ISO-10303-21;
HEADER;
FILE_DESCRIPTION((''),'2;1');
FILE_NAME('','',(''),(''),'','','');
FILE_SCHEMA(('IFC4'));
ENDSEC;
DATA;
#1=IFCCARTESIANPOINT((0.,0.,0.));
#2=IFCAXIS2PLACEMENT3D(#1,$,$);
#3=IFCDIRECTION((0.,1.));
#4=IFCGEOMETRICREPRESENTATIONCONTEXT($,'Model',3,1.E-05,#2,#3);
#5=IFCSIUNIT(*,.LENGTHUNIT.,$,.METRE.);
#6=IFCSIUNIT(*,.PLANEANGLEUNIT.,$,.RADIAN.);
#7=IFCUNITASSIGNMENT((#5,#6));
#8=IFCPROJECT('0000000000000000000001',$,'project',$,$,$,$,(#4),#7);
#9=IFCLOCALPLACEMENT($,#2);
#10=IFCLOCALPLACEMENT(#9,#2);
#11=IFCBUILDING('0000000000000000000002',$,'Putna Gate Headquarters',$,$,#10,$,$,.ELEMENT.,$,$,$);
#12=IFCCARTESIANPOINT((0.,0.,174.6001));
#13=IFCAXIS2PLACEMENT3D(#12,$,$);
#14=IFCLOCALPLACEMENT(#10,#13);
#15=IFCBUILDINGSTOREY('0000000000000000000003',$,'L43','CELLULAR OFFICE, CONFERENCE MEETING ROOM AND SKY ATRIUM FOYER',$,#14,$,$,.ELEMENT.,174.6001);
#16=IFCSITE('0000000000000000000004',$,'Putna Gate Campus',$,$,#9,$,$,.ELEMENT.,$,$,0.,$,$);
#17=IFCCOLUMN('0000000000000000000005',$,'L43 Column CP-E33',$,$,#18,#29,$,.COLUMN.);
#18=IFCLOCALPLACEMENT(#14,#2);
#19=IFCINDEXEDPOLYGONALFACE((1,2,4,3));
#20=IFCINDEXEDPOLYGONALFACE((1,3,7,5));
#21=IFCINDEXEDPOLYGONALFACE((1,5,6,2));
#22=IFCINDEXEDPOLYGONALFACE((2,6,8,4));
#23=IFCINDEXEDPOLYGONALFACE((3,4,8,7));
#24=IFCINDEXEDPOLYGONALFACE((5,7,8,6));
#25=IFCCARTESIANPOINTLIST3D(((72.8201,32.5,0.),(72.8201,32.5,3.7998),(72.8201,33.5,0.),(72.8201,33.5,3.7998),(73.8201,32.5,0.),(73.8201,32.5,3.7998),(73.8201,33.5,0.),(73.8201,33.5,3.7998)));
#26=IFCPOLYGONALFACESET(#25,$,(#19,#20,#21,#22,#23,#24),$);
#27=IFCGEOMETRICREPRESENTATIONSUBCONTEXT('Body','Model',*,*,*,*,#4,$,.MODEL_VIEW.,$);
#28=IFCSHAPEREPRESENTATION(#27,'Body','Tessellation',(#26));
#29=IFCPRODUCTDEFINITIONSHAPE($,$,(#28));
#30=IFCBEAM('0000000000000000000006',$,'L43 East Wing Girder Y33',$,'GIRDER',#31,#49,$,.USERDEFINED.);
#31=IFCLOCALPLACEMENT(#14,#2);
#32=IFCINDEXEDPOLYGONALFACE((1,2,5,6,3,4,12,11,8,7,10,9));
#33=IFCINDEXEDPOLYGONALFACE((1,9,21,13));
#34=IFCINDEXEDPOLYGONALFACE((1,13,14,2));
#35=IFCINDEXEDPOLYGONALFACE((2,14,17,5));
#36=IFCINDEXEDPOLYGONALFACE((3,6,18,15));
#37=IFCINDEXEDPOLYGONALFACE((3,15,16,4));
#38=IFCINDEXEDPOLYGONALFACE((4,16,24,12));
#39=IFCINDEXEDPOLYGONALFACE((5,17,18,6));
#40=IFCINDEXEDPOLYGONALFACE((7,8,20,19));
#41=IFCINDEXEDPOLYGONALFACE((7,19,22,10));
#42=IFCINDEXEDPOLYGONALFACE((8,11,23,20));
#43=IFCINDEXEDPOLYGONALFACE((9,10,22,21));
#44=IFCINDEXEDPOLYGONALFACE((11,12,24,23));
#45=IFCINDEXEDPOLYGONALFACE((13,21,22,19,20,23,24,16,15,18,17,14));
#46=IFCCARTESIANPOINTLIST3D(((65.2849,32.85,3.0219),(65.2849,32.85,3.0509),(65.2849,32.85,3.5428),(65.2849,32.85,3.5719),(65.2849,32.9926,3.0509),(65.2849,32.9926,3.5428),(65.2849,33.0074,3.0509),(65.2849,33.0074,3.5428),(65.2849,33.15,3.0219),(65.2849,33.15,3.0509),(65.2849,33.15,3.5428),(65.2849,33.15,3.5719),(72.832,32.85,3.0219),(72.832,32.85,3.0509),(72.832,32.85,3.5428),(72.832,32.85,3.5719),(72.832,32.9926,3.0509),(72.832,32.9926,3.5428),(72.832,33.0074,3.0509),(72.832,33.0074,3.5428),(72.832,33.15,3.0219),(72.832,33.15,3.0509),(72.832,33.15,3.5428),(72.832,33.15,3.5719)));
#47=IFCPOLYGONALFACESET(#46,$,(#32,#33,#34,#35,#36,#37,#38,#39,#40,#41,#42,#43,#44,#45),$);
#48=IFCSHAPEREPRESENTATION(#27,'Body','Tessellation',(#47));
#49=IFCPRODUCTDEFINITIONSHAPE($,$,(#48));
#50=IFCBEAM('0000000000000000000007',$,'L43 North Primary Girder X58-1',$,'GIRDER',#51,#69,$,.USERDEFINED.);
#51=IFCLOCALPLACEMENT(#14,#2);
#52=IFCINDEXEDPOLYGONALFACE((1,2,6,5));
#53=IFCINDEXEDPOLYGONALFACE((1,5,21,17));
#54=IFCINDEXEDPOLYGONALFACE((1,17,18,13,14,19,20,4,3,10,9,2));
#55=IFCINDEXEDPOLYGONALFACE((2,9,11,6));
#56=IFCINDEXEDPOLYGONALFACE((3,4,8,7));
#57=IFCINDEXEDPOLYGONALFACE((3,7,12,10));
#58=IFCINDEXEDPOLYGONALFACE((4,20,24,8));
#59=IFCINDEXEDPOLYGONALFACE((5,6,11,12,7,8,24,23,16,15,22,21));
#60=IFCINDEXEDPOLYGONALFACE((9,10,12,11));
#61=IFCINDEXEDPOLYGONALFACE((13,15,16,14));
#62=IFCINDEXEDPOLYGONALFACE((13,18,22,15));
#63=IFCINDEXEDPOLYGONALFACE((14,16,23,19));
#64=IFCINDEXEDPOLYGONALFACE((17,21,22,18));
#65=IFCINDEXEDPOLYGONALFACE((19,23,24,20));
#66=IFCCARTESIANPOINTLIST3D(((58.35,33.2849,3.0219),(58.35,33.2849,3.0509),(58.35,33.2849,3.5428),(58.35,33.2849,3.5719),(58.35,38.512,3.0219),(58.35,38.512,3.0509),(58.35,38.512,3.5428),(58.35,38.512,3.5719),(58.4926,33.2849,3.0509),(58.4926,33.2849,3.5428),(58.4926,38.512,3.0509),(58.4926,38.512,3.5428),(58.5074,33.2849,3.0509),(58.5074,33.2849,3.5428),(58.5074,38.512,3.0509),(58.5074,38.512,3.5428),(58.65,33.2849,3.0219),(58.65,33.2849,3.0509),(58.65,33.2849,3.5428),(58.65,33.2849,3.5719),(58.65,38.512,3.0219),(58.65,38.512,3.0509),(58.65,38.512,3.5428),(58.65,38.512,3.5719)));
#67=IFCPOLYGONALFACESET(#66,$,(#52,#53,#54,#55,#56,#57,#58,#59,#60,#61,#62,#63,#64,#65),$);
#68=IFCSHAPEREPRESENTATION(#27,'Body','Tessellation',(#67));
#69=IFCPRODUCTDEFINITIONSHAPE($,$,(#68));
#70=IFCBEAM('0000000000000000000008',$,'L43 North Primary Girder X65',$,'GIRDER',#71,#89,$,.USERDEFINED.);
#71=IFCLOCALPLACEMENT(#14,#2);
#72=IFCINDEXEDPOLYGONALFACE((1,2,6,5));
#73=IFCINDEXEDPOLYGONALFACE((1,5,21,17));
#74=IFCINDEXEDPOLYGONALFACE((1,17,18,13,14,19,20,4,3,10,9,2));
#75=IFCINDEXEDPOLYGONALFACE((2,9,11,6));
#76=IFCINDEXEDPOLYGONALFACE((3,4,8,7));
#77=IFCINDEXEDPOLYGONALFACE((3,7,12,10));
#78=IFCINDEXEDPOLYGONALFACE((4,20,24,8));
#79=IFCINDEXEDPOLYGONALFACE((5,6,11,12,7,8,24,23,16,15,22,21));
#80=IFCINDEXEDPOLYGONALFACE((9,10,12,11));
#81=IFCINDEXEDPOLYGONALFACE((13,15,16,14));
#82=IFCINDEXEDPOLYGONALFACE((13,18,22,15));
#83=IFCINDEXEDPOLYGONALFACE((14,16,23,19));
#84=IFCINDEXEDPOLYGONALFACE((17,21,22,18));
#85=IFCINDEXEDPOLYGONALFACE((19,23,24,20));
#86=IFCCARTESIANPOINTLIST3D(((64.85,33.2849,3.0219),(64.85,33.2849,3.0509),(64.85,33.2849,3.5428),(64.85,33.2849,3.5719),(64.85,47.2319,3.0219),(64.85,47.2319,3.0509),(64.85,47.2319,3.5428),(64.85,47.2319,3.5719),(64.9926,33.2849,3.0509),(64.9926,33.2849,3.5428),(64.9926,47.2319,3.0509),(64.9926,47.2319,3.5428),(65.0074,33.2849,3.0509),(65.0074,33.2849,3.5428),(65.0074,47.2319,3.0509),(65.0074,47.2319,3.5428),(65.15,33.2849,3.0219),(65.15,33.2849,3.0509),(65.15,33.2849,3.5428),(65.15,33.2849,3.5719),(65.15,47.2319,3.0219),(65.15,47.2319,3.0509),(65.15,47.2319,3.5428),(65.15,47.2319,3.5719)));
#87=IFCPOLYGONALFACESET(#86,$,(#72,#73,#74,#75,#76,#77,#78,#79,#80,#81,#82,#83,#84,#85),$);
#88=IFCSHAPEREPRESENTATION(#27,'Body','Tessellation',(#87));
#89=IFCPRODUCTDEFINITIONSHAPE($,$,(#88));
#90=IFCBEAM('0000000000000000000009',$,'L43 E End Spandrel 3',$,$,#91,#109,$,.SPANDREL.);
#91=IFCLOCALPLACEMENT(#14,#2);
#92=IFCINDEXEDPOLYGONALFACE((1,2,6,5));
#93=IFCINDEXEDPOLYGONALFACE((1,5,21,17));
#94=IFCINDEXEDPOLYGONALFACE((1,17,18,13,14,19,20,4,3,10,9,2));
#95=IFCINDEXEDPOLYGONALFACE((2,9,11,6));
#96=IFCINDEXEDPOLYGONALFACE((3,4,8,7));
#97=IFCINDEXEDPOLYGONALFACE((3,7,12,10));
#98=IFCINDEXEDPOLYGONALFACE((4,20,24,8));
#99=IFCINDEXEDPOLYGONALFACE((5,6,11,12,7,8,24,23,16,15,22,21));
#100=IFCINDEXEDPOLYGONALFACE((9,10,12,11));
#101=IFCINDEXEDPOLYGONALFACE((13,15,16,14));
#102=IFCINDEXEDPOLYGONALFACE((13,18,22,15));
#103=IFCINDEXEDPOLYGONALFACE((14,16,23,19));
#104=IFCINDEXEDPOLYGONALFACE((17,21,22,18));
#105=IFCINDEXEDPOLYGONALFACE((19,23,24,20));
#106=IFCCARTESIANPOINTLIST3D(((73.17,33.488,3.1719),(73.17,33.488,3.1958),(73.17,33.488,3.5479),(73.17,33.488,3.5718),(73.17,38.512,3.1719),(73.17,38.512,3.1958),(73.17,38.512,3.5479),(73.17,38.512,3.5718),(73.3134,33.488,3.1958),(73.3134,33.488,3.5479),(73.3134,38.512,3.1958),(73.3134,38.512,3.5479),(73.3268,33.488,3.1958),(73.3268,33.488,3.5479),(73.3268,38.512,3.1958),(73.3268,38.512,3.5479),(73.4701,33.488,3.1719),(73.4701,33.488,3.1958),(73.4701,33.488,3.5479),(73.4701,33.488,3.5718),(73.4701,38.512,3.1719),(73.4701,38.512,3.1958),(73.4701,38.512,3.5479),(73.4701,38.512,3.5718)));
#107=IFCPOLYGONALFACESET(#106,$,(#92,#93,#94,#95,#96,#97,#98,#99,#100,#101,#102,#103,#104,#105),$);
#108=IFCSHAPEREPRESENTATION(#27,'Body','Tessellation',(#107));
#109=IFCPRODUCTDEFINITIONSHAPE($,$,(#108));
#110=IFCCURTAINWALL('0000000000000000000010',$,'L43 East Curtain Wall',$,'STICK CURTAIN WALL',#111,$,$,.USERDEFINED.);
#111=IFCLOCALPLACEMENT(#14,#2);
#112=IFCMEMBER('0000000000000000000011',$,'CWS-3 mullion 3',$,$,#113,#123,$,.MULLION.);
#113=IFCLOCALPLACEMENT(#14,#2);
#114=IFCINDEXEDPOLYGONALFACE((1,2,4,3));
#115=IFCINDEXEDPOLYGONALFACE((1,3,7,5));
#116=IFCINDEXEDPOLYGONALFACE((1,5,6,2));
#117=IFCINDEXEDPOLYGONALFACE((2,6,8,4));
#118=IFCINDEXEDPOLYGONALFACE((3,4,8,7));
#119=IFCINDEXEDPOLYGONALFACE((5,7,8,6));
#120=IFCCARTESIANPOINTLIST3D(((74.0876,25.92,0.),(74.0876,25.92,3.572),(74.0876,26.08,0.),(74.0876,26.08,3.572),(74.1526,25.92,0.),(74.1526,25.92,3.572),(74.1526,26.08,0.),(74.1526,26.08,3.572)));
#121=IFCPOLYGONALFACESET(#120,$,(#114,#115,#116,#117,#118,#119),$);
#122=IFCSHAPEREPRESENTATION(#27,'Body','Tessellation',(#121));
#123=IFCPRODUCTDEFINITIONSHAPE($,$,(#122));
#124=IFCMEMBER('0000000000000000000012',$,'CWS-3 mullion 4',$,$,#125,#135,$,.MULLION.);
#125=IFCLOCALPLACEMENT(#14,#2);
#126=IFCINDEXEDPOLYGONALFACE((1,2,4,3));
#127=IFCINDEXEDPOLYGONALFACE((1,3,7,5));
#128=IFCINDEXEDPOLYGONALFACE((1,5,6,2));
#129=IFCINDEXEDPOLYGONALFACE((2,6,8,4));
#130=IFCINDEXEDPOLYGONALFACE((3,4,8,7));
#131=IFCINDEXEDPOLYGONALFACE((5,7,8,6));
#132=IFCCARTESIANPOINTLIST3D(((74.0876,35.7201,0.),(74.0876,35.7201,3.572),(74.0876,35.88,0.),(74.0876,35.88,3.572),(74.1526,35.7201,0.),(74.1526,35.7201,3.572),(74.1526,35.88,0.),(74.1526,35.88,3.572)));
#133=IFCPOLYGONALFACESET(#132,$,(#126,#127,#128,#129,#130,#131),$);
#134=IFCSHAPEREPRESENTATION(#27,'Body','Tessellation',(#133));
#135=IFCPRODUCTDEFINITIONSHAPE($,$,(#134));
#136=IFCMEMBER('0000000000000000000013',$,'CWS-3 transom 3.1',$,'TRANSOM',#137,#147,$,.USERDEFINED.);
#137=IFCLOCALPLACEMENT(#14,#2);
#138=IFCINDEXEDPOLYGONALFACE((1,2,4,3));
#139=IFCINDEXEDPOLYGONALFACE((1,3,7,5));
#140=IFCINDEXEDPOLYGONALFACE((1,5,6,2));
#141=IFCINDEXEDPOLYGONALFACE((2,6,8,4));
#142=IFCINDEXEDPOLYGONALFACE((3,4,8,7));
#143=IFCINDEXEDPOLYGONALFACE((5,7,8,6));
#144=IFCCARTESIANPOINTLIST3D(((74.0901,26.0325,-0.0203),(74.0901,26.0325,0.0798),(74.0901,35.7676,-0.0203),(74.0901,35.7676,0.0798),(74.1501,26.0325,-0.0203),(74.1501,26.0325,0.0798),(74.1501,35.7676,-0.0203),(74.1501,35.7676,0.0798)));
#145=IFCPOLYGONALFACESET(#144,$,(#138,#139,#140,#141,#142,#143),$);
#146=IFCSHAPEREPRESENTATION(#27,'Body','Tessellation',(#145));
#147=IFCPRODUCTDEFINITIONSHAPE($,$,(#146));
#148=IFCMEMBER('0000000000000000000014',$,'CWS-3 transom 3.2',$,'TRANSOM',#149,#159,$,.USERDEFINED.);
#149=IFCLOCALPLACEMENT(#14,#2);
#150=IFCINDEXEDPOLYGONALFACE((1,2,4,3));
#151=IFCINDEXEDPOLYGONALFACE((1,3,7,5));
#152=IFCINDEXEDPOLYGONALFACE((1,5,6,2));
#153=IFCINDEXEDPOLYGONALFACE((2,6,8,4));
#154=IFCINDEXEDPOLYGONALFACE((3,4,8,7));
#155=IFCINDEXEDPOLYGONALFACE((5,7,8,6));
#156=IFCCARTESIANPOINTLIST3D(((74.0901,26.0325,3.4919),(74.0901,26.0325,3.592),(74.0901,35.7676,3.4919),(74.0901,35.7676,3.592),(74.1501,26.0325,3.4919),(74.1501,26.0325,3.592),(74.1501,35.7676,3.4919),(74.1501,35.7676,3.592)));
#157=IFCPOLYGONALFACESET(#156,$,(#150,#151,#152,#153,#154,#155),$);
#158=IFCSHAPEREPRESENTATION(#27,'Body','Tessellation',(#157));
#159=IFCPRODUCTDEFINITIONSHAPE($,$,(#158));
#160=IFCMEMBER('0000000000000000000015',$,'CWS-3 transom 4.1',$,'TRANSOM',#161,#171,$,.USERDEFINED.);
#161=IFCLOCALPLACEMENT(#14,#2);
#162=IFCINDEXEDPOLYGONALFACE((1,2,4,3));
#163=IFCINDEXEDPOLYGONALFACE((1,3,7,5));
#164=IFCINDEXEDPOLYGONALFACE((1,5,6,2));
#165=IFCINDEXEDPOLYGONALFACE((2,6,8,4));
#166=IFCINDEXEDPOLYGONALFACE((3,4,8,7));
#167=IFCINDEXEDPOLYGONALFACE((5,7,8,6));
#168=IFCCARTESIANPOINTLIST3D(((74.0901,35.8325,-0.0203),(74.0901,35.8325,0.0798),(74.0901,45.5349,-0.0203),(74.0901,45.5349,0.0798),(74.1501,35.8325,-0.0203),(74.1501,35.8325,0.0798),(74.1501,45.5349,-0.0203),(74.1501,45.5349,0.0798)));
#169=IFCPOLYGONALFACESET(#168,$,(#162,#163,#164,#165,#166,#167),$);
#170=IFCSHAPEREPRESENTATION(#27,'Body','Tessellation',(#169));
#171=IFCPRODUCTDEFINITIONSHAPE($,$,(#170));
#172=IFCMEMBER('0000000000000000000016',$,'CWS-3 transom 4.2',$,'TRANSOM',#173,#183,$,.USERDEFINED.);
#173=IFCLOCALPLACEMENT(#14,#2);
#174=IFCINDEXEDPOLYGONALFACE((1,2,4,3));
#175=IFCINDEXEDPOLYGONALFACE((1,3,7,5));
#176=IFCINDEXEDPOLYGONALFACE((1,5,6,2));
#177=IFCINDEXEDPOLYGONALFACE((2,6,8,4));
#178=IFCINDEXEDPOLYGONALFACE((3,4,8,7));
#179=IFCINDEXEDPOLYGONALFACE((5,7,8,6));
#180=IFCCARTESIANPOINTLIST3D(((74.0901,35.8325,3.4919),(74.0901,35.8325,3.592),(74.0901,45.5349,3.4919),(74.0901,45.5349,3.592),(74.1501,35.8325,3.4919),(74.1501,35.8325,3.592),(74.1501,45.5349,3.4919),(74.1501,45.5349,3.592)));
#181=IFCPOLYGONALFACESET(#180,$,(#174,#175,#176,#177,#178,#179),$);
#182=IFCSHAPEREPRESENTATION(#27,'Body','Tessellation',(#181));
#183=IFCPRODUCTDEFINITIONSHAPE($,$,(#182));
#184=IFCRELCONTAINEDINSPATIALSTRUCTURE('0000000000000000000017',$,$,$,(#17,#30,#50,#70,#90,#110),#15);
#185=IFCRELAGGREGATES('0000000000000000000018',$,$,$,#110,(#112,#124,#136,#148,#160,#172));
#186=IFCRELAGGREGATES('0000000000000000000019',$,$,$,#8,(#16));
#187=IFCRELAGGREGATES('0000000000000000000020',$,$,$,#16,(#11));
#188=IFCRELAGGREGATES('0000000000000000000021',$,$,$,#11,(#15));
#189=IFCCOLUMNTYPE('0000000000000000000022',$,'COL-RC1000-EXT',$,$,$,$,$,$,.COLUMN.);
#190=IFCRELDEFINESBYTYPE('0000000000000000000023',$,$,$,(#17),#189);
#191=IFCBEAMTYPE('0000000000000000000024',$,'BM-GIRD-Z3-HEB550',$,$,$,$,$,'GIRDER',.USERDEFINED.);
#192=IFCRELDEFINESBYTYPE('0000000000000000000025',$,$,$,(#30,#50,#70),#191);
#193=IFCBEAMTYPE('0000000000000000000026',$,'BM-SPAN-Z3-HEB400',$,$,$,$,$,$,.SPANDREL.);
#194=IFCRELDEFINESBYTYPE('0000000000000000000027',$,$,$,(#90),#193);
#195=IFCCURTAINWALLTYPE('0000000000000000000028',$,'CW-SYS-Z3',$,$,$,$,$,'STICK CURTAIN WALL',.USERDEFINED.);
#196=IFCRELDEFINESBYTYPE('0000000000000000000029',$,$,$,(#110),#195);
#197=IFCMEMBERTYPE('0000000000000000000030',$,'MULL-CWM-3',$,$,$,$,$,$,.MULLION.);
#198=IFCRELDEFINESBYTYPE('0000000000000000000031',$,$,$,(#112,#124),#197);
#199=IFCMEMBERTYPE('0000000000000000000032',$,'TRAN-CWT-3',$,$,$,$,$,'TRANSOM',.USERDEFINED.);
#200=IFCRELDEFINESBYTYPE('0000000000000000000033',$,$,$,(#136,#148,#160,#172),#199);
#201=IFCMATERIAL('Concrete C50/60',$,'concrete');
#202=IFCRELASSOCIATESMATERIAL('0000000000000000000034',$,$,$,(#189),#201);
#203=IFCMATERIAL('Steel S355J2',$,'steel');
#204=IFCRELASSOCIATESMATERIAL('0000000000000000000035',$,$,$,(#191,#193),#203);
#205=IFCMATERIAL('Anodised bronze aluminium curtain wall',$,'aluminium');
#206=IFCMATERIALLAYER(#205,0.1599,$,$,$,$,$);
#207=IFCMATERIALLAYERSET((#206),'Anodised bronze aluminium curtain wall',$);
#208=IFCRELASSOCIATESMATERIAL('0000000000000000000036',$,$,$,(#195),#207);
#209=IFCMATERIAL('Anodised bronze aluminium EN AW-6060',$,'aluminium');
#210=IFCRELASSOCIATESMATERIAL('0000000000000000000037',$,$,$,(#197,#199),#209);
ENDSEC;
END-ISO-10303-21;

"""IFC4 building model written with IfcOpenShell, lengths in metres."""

from ifc_helpers import new_model, si_unit, direction, frame, origin, origin_2d, place, context, subcontext, project, spatial, rectangle, i_section, extrude, material, layer, layer_set, material_profile, profile_set, type_object, element, aggregate, save


model = new_model("IFC4")

# Units and contexts
model_context = context("Model", 3, precision=1e-05, world=origin(), true_north=direction((0.0, 1.0)))
body_context = subcontext(model_context, "Body", "Model", "MODEL_VIEW")
ifc_project = project(units=[si_unit("LENGTHUNIT", "METRE"), si_unit("PLANEANGLEUNIT", "RADIAN")], contexts=[model_context])

# Site, building, storey
site_placement = place(None, origin())
site = spatial("IfcSite", under=ifc_project, at=site_placement, Name="Putna Gate Campus", CompositionType="ELEMENT", RefElevation=0.0)
building_placement = place(site_placement, origin())
building = spatial("IfcBuilding", under=site, at=building_placement, Name="Putna Gate Headquarters", CompositionType="ELEMENT")
storey_placement = place(building_placement, frame((0.0, 0.0, 174.6001)))
storey = spatial("IfcBuildingStorey", under=building, at=storey_placement, Name="L43", Description="CELLULAR OFFICE, CONFERENCE MEETING ROOM AND SKY ATRIUM FOYER", CompositionType="ELEMENT", Elevation=174.6001)

# Column
ifc_material_1 = material(Name="Concrete C50/60", Category="concrete")
ifc_material_profile_1 = material_profile(ifc_material_1, rectangle(XDim=1.0, YDim=1.0, at=origin_2d()), Name="Concrete C50/60")
ifc_profile_set_1 = profile_set([ifc_material_profile_1], Name="Concrete C50/60")
column_type = type_object("IfcColumnType", Name="COL-RC1000-EXT", PredefinedType="COLUMN", material=ifc_profile_set_1)
column_placement = place(storey_placement, frame((73.3201, 33.0, 0.0), z_axis=(0.0, 0.0, 1.0), x_axis=(1.0, 0.0, 0.0)))
element("IfcColumn", 1, at=column_placement, inside=storey, type_object=column_type, Name="L43 Column CP-E33", PredefinedType="COLUMN", context=body_context, shape_type="SweptSolid", body=[
    extrude(rectangle(XDim=1.0, YDim=1.0, at=origin_2d()), origin(), (0.0, 0.0, 1.0), 3.7998),
])

# Beams
ifc_material_2 = material(Name="Steel S355J2", Category="steel")
ifc_material_profile_2 = material_profile(ifc_material_2, i_section(OverallWidth=0.3, OverallDepth=0.55, WebThickness=0.0149, FlangeThickness=0.0291, at=origin_2d()), Name="Steel S355J2")
ifc_profile_set_2 = profile_set([ifc_material_profile_2], Name="Steel S355J2")
beam_type_1 = type_object("IfcBeamType", Name="BM-GIRD-Z3-HEB550", ElementType="GIRDER", PredefinedType="USERDEFINED", material=ifc_profile_set_2)
beam_1_placement = place(storey_placement, frame((65.2849, 33.0, 3.2969), z_axis=(1.0, 0.0, 0.0), x_axis=(0.0, 1.0, 0.0)))
element("IfcBeam", 2, at=beam_1_placement, inside=storey, type_object=beam_type_1, Name="L43 East Wing Girder Y33", ObjectType="GIRDER", PredefinedType="USERDEFINED", context=body_context, shape_type="SweptSolid", body=[
    extrude(i_section(OverallWidth=0.3, OverallDepth=0.55, WebThickness=0.0149, FlangeThickness=0.0291, at=origin_2d()), origin(), (0.0, 0.0, 1.0), 7.5471),
])
beam_2_placement = place(storey_placement, frame((58.5, 33.2849, 3.2969), z_axis=(0.0, 1.0, 0.0), x_axis=(-1.0, 0.0, 0.0)))
element("IfcBeam", 3, at=beam_2_placement, inside=storey, type_object=beam_type_1, Name="L43 North Primary Girder X58-1", ObjectType="GIRDER", PredefinedType="USERDEFINED", context=body_context, shape_type="SweptSolid", body=[
    extrude(i_section(OverallWidth=0.3, OverallDepth=0.55, WebThickness=0.0149, FlangeThickness=0.0291, at=origin_2d()), origin(), (0.0, 0.0, 1.0), 5.2271),
])
beam_3_placement = place(storey_placement, frame((65.0, 33.2849, 3.2969), z_axis=(0.0, 1.0, 0.0), x_axis=(-1.0, 0.0, 0.0)))
element("IfcBeam", 4, at=beam_3_placement, inside=storey, type_object=beam_type_1, Name="L43 North Primary Girder X65", ObjectType="GIRDER", PredefinedType="USERDEFINED", context=body_context, shape_type="SweptSolid", body=[
    extrude(i_section(OverallWidth=0.3, OverallDepth=0.55, WebThickness=0.0149, FlangeThickness=0.0291, at=origin_2d()), origin(), (0.0, 0.0, 1.0), 13.947),
])
ifc_material_profile_3 = material_profile(ifc_material_2, i_section(OverallWidth=0.3, OverallDepth=0.3999, WebThickness=0.0134, FlangeThickness=0.0239, at=origin_2d()), Name="Steel S355J2")
ifc_profile_set_3 = profile_set([ifc_material_profile_3], Name="Steel S355J2")
beam_type_2 = type_object("IfcBeamType", Name="BM-SPAN-Z3-HEB400", PredefinedType="SPANDREL", material=ifc_profile_set_3)
beam_4_placement = place(storey_placement, frame((73.3201, 33.488, 3.3718), z_axis=(0.0, 1.0, 0.0), x_axis=(-1.0, 0.0, 0.0)))
element("IfcBeam", 5, at=beam_4_placement, inside=storey, type_object=beam_type_2, Name="L43 E End Spandrel 3", PredefinedType="SPANDREL", context=body_context, shape_type="SweptSolid", body=[
    extrude(i_section(OverallWidth=0.3, OverallDepth=0.3999, WebThickness=0.0134, FlangeThickness=0.0239, at=origin_2d()), origin(), (0.0, 0.0, 1.0), 5.0239),
])

# Curtain wall, members
ifc_material_3 = material(Name="Anodised bronze aluminium curtain wall", Category="aluminium")
ifc_layer_1 = layer(ifc_material_3, 0.1599)
ifc_layer_set_1 = layer_set([ifc_layer_1], Name="Anodised bronze aluminium curtain wall")
curtain_wall_type = type_object("IfcCurtainWallType", Name="CW-SYS-Z3", ElementType="STICK CURTAIN WALL", PredefinedType="USERDEFINED", material=ifc_layer_set_1)
curtain_wall_placement = place(storey_placement, origin())
curtain_wall = element("IfcCurtainWall", 6, at=curtain_wall_placement, inside=storey, type_object=curtain_wall_type, Name="L43 East Curtain Wall", ObjectType="STICK CURTAIN WALL", PredefinedType="USERDEFINED")
ifc_material_4 = material(Name="Anodised bronze aluminium EN AW-6060", Category="aluminium")
ifc_material_profile_4 = material_profile(ifc_material_4, rectangle(XDim=0.0649, YDim=0.1599, at=origin_2d()), Name="Anodised bronze aluminium EN AW-6060")
ifc_profile_set_4 = profile_set([ifc_material_profile_4], Name="Anodised bronze aluminium EN AW-6060")
member_type_1 = type_object("IfcMemberType", Name="MULL-CWM-3", PredefinedType="MULLION", material=ifc_profile_set_4)
member_1_placement = place(storey_placement, frame((74.1201, 26.0, 0.0), z_axis=(0.0, 0.0, 1.0), x_axis=(-1.0, 0.0, 0.0)))
member_1 = element("IfcMember", 7, at=member_1_placement, type_object=member_type_1, Name="CWS-3 mullion 3", PredefinedType="MULLION", context=body_context, shape_type="SweptSolid", body=[
    extrude(rectangle(XDim=0.0649, YDim=0.1599, at=origin_2d()), origin(), (0.0, 0.0, 1.0), 3.572),
])
member_2_placement = place(storey_placement, frame((74.1201, 35.8, 0.0), z_axis=(0.0, 0.0, 1.0), x_axis=(-1.0, 0.0, 0.0)))
member_2 = element("IfcMember", 8, at=member_2_placement, type_object=member_type_1, Name="CWS-3 mullion 4", PredefinedType="MULLION", context=body_context, shape_type="SweptSolid", body=[
    extrude(rectangle(XDim=0.0649, YDim=0.1599, at=origin_2d()), origin(), (0.0, 0.0, 1.0), 3.572),
])
ifc_material_profile_5 = material_profile(ifc_material_4, rectangle(XDim=0.0601, YDim=0.1001, at=origin_2d()), Name="Anodised bronze aluminium EN AW-6060")
ifc_profile_set_5 = profile_set([ifc_material_profile_5], Name="Anodised bronze aluminium EN AW-6060")
member_type_2 = type_object("IfcMemberType", Name="TRAN-CWT-3", ElementType="TRANSOM", PredefinedType="USERDEFINED", material=ifc_profile_set_5)
member_3_placement = place(storey_placement, frame((74.1201, 26.0325, 0.0298), z_axis=(0.0, 1.0, 0.0), x_axis=(-1.0, 0.0, 0.0)))
member_3 = element("IfcMember", 9, at=member_3_placement, type_object=member_type_2, Name="CWS-3 transom 3.1", ObjectType="TRANSOM", PredefinedType="USERDEFINED", context=body_context, shape_type="SweptSolid", body=[
    extrude(rectangle(XDim=0.0601, YDim=0.1001, at=origin_2d()), origin(), (0.0, 0.0, 1.0), 9.7351),
])
member_4_placement = place(storey_placement, frame((74.1201, 26.0325, 3.542), z_axis=(0.0, 1.0, 0.0), x_axis=(-1.0, 0.0, 0.0)))
member_4 = element("IfcMember", 10, at=member_4_placement, type_object=member_type_2, Name="CWS-3 transom 3.2", ObjectType="TRANSOM", PredefinedType="USERDEFINED", context=body_context, shape_type="SweptSolid", body=[
    extrude(rectangle(XDim=0.0601, YDim=0.1001, at=origin_2d()), origin(), (0.0, 0.0, 1.0), 9.7351),
])
member_5_placement = place(storey_placement, frame((74.1201, 35.8325, 0.0298), z_axis=(0.0, 1.0, 0.0), x_axis=(-1.0, 0.0, 0.0)))
member_5 = element("IfcMember", 11, at=member_5_placement, type_object=member_type_2, Name="CWS-3 transom 4.1", ObjectType="TRANSOM", PredefinedType="USERDEFINED", context=body_context, shape_type="SweptSolid", body=[
    extrude(rectangle(XDim=0.0601, YDim=0.1001, at=origin_2d()), origin(), (0.0, 0.0, 1.0), 9.7024),
])
member_6_placement = place(storey_placement, frame((74.1201, 35.8325, 3.542), z_axis=(0.0, 1.0, 0.0), x_axis=(-1.0, 0.0, 0.0)))
member_6 = element("IfcMember", 12, at=member_6_placement, type_object=member_type_2, Name="CWS-3 transom 4.2", ObjectType="TRANSOM", PredefinedType="USERDEFINED", context=body_context, shape_type="SweptSolid", body=[
    extrude(rectangle(XDim=0.0601, YDim=0.1001, at=origin_2d()), origin(), (0.0, 0.0, 1.0), 9.7024),
])
aggregate(curtain_wall, [member_1, member_2, member_3, member_4, member_5, member_6])

save(model, "model.ifc")
